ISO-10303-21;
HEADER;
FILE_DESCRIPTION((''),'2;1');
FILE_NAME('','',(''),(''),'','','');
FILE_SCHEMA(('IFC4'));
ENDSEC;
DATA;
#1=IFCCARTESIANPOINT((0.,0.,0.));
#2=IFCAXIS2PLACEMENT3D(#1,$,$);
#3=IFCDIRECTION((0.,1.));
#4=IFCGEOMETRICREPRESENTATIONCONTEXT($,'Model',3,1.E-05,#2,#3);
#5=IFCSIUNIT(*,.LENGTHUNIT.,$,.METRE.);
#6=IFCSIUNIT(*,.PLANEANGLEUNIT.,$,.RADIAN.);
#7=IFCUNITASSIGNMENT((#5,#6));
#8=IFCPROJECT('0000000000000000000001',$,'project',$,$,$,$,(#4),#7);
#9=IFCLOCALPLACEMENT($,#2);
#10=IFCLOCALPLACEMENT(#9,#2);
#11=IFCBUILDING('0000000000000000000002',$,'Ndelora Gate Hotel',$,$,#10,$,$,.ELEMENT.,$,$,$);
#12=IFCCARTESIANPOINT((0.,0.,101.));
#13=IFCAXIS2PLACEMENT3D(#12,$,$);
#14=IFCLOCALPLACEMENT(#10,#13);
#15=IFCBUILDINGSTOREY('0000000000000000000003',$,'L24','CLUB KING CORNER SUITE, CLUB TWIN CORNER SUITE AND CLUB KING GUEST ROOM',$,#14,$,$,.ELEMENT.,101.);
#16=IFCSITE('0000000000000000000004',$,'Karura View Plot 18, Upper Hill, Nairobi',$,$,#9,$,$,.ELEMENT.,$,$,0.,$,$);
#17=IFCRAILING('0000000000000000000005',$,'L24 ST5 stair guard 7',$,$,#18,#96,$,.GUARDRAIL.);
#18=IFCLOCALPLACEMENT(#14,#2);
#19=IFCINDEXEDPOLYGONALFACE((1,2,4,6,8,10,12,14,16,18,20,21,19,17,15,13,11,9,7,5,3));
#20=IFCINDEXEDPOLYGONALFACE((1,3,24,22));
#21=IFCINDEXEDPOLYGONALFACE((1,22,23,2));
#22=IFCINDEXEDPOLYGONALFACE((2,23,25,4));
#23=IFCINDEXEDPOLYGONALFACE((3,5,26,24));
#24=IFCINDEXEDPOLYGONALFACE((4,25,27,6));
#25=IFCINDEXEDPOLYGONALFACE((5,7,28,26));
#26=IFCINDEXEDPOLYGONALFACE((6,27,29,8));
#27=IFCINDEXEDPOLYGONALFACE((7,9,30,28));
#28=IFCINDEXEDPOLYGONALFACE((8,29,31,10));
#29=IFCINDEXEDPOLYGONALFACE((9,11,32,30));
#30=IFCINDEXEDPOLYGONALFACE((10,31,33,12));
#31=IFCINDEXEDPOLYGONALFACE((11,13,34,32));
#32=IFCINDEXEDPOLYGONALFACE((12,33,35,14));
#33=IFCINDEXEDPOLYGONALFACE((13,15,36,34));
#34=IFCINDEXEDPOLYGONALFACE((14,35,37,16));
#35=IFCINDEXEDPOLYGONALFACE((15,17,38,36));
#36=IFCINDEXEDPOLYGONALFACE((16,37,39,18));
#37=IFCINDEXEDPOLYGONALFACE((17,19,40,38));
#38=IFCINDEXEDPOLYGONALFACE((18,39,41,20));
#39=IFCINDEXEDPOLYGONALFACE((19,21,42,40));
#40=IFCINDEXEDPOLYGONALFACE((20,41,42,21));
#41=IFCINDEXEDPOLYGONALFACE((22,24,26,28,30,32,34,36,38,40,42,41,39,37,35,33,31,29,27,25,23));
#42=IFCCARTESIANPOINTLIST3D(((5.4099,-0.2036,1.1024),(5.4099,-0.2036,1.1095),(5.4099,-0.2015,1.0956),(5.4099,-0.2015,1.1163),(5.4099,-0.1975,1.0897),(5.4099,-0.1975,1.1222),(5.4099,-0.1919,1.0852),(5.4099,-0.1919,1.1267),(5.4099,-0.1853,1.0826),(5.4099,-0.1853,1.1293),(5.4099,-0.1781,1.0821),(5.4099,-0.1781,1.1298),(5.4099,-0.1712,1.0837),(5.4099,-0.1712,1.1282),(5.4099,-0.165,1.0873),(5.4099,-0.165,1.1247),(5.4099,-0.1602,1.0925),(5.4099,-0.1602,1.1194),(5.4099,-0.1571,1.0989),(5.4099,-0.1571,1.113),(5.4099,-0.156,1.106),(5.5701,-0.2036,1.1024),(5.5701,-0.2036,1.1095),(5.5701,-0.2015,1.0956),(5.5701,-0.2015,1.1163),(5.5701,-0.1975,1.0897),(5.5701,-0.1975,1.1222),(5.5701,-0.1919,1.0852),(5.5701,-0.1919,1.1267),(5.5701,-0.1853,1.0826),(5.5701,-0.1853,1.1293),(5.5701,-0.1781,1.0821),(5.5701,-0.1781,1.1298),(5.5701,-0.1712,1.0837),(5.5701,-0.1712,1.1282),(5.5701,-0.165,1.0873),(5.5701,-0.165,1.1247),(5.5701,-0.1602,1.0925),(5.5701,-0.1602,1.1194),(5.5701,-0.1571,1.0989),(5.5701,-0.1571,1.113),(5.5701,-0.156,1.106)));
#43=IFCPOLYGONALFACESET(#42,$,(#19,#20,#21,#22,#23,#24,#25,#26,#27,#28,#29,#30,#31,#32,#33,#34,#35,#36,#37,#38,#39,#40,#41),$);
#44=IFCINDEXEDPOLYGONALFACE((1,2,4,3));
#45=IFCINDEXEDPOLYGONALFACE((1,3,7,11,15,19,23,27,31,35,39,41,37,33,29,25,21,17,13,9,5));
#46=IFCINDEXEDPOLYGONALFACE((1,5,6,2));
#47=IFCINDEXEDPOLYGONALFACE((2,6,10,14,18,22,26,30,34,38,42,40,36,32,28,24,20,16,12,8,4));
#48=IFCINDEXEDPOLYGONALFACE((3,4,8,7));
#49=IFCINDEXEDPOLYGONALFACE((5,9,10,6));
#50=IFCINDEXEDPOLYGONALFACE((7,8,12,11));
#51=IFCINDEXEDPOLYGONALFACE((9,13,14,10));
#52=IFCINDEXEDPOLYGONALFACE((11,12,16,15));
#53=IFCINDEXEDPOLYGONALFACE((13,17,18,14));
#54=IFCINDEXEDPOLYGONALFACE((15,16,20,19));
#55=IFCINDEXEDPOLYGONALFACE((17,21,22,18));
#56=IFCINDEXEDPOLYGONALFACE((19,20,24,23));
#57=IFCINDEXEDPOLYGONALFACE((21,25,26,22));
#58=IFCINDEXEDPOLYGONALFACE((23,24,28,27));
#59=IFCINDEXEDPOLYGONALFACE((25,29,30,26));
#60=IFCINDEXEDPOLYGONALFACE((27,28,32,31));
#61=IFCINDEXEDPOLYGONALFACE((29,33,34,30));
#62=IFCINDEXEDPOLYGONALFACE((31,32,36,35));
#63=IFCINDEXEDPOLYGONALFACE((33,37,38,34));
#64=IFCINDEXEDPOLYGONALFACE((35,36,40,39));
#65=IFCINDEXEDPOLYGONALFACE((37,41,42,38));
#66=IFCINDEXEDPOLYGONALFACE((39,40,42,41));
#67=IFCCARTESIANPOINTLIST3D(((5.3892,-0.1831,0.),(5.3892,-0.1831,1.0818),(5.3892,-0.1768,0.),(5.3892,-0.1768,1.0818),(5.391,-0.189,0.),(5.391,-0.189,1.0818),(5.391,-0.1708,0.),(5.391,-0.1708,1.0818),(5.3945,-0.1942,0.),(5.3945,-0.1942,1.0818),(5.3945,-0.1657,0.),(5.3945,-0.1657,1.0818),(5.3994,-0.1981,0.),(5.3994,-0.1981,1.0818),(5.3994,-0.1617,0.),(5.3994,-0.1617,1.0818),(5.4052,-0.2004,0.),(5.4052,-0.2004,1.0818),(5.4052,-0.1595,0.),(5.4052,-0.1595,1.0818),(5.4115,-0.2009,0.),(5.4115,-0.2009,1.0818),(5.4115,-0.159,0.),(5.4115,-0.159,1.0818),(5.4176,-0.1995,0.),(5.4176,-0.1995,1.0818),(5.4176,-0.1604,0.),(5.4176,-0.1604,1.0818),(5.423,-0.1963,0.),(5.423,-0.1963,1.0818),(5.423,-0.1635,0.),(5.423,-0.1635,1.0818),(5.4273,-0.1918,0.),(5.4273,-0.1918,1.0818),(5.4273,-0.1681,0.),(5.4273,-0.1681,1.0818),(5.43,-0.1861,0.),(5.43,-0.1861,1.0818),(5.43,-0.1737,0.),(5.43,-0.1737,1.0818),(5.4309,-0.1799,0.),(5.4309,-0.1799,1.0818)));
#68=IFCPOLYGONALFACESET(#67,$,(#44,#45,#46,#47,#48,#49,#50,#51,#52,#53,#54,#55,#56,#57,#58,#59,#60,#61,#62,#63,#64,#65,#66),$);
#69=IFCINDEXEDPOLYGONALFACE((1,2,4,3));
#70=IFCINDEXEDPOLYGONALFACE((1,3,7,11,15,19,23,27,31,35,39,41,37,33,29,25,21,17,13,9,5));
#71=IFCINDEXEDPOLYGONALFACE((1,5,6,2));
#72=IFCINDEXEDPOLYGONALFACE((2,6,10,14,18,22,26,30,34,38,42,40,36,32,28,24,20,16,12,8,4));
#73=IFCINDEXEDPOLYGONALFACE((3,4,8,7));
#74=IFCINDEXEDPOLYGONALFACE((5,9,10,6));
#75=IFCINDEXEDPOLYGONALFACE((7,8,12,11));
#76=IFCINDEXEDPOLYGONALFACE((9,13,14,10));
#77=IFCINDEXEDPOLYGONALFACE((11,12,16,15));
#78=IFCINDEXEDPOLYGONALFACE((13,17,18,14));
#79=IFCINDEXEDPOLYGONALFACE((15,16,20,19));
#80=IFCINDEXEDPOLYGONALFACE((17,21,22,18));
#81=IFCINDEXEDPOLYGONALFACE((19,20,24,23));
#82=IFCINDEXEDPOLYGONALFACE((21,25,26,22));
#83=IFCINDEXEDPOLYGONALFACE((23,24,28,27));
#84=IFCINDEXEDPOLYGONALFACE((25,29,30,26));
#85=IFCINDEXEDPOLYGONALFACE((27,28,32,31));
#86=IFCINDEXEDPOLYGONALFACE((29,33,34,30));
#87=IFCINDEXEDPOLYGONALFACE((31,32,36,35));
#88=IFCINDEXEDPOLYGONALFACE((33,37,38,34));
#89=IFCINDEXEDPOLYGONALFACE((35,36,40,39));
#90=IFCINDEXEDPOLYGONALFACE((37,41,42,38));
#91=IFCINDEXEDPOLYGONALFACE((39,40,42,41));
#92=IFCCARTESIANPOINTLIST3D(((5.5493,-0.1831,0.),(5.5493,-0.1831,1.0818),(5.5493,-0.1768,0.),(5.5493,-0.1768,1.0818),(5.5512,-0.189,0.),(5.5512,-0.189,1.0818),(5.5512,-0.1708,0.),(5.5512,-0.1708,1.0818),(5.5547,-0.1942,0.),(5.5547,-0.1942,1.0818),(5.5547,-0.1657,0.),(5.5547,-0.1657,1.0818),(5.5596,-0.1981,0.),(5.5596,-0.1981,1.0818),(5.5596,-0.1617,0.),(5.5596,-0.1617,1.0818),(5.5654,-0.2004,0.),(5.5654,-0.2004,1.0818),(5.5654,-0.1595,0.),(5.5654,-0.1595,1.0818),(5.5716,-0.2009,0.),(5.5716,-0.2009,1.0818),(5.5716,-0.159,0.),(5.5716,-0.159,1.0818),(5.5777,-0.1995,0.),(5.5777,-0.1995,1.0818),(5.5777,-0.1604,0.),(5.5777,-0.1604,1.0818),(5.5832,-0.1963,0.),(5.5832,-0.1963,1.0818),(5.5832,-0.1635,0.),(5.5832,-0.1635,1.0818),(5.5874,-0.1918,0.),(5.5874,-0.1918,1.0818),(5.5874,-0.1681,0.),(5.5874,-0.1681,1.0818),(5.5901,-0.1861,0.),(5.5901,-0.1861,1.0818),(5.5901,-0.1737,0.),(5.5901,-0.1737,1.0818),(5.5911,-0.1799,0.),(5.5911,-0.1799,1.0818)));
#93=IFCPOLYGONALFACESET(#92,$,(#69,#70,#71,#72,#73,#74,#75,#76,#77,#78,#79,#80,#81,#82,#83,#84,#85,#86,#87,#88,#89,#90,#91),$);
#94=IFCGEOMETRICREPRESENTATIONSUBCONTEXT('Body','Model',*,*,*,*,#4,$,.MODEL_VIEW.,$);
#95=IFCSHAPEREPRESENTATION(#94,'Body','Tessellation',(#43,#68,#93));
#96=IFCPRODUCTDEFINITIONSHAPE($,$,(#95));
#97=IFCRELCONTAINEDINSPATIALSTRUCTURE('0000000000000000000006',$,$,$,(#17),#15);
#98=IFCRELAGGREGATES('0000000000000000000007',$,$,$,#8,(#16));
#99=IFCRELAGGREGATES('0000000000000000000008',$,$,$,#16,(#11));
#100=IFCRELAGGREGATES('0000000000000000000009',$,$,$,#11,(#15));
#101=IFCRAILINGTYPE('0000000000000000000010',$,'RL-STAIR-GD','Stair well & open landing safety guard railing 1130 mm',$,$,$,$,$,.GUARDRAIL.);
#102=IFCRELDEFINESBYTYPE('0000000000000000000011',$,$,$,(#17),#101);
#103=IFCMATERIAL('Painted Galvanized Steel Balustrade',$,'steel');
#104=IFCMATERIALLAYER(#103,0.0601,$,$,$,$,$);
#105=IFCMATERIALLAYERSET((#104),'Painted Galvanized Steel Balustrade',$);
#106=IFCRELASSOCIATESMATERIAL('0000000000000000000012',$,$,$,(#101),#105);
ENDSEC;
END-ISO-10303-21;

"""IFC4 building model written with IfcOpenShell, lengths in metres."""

from ifc_helpers import new_model, si_unit, direction, frame, origin, origin_2d, place, context, subcontext, project, spatial, circle, extrude, material, layer, layer_set, type_object, element, save


model = new_model("IFC4")

# Units and contexts
model_context = context("Model", 3, precision=1e-05, world=origin(), true_north=direction((0.0, 1.0)))
body_context = subcontext(model_context, "Body", "Model", "MODEL_VIEW")
ifc_project = project(units=[si_unit("LENGTHUNIT", "METRE"), si_unit("PLANEANGLEUNIT", "RADIAN")], contexts=[model_context])

# Site, building, storey
site_placement = place(None, origin())
site = spatial("IfcSite", under=ifc_project, at=site_placement, Name="Karura View Plot 18, Upper Hill, Nairobi", CompositionType="ELEMENT", RefElevation=0.0)
building_placement = place(site_placement, origin())
building = spatial("IfcBuilding", under=site, at=building_placement, Name="Ndelora Gate Hotel", CompositionType="ELEMENT")
storey_placement = place(building_placement, frame((0.0, 0.0, 101.0)))
storey = spatial("IfcBuildingStorey", under=building, at=storey_placement, Name="L24", Description="CLUB KING CORNER SUITE, CLUB TWIN CORNER SUITE AND CLUB KING GUEST ROOM", CompositionType="ELEMENT", Elevation=101.0)

# Railing
ifc_material_1 = material(Name="Painted Galvanized Steel Balustrade", Category="steel")
ifc_layer_1 = layer(ifc_material_1, 0.0601)
ifc_layer_set_1 = layer_set([ifc_layer_1], Name="Painted Galvanized Steel Balustrade")
railing_type_1 = type_object("IfcRailingType", Name="RL-STAIR-GD", Description="Stair well & open landing safety guard railing 1130 mm", PredefinedType="GUARDRAIL", material=ifc_layer_set_1)
railing_1_placement = place(storey_placement, frame((5.4099, -0.1799, 0.0)))
element("IfcRailing", 1, at=railing_1_placement, inside=storey, type_object=railing_type_1, Name="L24 ST5 stair guard 7", PredefinedType="GUARDRAIL", context=body_context, shape_type="SweptSolid", body=[
    extrude(circle(Radius=0.0239, at=origin_2d()), frame((0.0, 0.0, 1.106), z_axis=(1.0, 0.0, 0.0), x_axis=(0.0, 1.0, 0.0)), (0.0, 0.0, 1.0), 0.1602),
    extrude(circle(Radius=0.021, at=origin_2d()), origin(), (0.0, 0.0, 1.0), 1.0818),
    extrude(circle(Radius=0.021, at=origin_2d()), frame((0.1602, 0.0, 0.0)), (0.0, 0.0, 1.0), 1.0818),
])

save(model, "model.ifc")
